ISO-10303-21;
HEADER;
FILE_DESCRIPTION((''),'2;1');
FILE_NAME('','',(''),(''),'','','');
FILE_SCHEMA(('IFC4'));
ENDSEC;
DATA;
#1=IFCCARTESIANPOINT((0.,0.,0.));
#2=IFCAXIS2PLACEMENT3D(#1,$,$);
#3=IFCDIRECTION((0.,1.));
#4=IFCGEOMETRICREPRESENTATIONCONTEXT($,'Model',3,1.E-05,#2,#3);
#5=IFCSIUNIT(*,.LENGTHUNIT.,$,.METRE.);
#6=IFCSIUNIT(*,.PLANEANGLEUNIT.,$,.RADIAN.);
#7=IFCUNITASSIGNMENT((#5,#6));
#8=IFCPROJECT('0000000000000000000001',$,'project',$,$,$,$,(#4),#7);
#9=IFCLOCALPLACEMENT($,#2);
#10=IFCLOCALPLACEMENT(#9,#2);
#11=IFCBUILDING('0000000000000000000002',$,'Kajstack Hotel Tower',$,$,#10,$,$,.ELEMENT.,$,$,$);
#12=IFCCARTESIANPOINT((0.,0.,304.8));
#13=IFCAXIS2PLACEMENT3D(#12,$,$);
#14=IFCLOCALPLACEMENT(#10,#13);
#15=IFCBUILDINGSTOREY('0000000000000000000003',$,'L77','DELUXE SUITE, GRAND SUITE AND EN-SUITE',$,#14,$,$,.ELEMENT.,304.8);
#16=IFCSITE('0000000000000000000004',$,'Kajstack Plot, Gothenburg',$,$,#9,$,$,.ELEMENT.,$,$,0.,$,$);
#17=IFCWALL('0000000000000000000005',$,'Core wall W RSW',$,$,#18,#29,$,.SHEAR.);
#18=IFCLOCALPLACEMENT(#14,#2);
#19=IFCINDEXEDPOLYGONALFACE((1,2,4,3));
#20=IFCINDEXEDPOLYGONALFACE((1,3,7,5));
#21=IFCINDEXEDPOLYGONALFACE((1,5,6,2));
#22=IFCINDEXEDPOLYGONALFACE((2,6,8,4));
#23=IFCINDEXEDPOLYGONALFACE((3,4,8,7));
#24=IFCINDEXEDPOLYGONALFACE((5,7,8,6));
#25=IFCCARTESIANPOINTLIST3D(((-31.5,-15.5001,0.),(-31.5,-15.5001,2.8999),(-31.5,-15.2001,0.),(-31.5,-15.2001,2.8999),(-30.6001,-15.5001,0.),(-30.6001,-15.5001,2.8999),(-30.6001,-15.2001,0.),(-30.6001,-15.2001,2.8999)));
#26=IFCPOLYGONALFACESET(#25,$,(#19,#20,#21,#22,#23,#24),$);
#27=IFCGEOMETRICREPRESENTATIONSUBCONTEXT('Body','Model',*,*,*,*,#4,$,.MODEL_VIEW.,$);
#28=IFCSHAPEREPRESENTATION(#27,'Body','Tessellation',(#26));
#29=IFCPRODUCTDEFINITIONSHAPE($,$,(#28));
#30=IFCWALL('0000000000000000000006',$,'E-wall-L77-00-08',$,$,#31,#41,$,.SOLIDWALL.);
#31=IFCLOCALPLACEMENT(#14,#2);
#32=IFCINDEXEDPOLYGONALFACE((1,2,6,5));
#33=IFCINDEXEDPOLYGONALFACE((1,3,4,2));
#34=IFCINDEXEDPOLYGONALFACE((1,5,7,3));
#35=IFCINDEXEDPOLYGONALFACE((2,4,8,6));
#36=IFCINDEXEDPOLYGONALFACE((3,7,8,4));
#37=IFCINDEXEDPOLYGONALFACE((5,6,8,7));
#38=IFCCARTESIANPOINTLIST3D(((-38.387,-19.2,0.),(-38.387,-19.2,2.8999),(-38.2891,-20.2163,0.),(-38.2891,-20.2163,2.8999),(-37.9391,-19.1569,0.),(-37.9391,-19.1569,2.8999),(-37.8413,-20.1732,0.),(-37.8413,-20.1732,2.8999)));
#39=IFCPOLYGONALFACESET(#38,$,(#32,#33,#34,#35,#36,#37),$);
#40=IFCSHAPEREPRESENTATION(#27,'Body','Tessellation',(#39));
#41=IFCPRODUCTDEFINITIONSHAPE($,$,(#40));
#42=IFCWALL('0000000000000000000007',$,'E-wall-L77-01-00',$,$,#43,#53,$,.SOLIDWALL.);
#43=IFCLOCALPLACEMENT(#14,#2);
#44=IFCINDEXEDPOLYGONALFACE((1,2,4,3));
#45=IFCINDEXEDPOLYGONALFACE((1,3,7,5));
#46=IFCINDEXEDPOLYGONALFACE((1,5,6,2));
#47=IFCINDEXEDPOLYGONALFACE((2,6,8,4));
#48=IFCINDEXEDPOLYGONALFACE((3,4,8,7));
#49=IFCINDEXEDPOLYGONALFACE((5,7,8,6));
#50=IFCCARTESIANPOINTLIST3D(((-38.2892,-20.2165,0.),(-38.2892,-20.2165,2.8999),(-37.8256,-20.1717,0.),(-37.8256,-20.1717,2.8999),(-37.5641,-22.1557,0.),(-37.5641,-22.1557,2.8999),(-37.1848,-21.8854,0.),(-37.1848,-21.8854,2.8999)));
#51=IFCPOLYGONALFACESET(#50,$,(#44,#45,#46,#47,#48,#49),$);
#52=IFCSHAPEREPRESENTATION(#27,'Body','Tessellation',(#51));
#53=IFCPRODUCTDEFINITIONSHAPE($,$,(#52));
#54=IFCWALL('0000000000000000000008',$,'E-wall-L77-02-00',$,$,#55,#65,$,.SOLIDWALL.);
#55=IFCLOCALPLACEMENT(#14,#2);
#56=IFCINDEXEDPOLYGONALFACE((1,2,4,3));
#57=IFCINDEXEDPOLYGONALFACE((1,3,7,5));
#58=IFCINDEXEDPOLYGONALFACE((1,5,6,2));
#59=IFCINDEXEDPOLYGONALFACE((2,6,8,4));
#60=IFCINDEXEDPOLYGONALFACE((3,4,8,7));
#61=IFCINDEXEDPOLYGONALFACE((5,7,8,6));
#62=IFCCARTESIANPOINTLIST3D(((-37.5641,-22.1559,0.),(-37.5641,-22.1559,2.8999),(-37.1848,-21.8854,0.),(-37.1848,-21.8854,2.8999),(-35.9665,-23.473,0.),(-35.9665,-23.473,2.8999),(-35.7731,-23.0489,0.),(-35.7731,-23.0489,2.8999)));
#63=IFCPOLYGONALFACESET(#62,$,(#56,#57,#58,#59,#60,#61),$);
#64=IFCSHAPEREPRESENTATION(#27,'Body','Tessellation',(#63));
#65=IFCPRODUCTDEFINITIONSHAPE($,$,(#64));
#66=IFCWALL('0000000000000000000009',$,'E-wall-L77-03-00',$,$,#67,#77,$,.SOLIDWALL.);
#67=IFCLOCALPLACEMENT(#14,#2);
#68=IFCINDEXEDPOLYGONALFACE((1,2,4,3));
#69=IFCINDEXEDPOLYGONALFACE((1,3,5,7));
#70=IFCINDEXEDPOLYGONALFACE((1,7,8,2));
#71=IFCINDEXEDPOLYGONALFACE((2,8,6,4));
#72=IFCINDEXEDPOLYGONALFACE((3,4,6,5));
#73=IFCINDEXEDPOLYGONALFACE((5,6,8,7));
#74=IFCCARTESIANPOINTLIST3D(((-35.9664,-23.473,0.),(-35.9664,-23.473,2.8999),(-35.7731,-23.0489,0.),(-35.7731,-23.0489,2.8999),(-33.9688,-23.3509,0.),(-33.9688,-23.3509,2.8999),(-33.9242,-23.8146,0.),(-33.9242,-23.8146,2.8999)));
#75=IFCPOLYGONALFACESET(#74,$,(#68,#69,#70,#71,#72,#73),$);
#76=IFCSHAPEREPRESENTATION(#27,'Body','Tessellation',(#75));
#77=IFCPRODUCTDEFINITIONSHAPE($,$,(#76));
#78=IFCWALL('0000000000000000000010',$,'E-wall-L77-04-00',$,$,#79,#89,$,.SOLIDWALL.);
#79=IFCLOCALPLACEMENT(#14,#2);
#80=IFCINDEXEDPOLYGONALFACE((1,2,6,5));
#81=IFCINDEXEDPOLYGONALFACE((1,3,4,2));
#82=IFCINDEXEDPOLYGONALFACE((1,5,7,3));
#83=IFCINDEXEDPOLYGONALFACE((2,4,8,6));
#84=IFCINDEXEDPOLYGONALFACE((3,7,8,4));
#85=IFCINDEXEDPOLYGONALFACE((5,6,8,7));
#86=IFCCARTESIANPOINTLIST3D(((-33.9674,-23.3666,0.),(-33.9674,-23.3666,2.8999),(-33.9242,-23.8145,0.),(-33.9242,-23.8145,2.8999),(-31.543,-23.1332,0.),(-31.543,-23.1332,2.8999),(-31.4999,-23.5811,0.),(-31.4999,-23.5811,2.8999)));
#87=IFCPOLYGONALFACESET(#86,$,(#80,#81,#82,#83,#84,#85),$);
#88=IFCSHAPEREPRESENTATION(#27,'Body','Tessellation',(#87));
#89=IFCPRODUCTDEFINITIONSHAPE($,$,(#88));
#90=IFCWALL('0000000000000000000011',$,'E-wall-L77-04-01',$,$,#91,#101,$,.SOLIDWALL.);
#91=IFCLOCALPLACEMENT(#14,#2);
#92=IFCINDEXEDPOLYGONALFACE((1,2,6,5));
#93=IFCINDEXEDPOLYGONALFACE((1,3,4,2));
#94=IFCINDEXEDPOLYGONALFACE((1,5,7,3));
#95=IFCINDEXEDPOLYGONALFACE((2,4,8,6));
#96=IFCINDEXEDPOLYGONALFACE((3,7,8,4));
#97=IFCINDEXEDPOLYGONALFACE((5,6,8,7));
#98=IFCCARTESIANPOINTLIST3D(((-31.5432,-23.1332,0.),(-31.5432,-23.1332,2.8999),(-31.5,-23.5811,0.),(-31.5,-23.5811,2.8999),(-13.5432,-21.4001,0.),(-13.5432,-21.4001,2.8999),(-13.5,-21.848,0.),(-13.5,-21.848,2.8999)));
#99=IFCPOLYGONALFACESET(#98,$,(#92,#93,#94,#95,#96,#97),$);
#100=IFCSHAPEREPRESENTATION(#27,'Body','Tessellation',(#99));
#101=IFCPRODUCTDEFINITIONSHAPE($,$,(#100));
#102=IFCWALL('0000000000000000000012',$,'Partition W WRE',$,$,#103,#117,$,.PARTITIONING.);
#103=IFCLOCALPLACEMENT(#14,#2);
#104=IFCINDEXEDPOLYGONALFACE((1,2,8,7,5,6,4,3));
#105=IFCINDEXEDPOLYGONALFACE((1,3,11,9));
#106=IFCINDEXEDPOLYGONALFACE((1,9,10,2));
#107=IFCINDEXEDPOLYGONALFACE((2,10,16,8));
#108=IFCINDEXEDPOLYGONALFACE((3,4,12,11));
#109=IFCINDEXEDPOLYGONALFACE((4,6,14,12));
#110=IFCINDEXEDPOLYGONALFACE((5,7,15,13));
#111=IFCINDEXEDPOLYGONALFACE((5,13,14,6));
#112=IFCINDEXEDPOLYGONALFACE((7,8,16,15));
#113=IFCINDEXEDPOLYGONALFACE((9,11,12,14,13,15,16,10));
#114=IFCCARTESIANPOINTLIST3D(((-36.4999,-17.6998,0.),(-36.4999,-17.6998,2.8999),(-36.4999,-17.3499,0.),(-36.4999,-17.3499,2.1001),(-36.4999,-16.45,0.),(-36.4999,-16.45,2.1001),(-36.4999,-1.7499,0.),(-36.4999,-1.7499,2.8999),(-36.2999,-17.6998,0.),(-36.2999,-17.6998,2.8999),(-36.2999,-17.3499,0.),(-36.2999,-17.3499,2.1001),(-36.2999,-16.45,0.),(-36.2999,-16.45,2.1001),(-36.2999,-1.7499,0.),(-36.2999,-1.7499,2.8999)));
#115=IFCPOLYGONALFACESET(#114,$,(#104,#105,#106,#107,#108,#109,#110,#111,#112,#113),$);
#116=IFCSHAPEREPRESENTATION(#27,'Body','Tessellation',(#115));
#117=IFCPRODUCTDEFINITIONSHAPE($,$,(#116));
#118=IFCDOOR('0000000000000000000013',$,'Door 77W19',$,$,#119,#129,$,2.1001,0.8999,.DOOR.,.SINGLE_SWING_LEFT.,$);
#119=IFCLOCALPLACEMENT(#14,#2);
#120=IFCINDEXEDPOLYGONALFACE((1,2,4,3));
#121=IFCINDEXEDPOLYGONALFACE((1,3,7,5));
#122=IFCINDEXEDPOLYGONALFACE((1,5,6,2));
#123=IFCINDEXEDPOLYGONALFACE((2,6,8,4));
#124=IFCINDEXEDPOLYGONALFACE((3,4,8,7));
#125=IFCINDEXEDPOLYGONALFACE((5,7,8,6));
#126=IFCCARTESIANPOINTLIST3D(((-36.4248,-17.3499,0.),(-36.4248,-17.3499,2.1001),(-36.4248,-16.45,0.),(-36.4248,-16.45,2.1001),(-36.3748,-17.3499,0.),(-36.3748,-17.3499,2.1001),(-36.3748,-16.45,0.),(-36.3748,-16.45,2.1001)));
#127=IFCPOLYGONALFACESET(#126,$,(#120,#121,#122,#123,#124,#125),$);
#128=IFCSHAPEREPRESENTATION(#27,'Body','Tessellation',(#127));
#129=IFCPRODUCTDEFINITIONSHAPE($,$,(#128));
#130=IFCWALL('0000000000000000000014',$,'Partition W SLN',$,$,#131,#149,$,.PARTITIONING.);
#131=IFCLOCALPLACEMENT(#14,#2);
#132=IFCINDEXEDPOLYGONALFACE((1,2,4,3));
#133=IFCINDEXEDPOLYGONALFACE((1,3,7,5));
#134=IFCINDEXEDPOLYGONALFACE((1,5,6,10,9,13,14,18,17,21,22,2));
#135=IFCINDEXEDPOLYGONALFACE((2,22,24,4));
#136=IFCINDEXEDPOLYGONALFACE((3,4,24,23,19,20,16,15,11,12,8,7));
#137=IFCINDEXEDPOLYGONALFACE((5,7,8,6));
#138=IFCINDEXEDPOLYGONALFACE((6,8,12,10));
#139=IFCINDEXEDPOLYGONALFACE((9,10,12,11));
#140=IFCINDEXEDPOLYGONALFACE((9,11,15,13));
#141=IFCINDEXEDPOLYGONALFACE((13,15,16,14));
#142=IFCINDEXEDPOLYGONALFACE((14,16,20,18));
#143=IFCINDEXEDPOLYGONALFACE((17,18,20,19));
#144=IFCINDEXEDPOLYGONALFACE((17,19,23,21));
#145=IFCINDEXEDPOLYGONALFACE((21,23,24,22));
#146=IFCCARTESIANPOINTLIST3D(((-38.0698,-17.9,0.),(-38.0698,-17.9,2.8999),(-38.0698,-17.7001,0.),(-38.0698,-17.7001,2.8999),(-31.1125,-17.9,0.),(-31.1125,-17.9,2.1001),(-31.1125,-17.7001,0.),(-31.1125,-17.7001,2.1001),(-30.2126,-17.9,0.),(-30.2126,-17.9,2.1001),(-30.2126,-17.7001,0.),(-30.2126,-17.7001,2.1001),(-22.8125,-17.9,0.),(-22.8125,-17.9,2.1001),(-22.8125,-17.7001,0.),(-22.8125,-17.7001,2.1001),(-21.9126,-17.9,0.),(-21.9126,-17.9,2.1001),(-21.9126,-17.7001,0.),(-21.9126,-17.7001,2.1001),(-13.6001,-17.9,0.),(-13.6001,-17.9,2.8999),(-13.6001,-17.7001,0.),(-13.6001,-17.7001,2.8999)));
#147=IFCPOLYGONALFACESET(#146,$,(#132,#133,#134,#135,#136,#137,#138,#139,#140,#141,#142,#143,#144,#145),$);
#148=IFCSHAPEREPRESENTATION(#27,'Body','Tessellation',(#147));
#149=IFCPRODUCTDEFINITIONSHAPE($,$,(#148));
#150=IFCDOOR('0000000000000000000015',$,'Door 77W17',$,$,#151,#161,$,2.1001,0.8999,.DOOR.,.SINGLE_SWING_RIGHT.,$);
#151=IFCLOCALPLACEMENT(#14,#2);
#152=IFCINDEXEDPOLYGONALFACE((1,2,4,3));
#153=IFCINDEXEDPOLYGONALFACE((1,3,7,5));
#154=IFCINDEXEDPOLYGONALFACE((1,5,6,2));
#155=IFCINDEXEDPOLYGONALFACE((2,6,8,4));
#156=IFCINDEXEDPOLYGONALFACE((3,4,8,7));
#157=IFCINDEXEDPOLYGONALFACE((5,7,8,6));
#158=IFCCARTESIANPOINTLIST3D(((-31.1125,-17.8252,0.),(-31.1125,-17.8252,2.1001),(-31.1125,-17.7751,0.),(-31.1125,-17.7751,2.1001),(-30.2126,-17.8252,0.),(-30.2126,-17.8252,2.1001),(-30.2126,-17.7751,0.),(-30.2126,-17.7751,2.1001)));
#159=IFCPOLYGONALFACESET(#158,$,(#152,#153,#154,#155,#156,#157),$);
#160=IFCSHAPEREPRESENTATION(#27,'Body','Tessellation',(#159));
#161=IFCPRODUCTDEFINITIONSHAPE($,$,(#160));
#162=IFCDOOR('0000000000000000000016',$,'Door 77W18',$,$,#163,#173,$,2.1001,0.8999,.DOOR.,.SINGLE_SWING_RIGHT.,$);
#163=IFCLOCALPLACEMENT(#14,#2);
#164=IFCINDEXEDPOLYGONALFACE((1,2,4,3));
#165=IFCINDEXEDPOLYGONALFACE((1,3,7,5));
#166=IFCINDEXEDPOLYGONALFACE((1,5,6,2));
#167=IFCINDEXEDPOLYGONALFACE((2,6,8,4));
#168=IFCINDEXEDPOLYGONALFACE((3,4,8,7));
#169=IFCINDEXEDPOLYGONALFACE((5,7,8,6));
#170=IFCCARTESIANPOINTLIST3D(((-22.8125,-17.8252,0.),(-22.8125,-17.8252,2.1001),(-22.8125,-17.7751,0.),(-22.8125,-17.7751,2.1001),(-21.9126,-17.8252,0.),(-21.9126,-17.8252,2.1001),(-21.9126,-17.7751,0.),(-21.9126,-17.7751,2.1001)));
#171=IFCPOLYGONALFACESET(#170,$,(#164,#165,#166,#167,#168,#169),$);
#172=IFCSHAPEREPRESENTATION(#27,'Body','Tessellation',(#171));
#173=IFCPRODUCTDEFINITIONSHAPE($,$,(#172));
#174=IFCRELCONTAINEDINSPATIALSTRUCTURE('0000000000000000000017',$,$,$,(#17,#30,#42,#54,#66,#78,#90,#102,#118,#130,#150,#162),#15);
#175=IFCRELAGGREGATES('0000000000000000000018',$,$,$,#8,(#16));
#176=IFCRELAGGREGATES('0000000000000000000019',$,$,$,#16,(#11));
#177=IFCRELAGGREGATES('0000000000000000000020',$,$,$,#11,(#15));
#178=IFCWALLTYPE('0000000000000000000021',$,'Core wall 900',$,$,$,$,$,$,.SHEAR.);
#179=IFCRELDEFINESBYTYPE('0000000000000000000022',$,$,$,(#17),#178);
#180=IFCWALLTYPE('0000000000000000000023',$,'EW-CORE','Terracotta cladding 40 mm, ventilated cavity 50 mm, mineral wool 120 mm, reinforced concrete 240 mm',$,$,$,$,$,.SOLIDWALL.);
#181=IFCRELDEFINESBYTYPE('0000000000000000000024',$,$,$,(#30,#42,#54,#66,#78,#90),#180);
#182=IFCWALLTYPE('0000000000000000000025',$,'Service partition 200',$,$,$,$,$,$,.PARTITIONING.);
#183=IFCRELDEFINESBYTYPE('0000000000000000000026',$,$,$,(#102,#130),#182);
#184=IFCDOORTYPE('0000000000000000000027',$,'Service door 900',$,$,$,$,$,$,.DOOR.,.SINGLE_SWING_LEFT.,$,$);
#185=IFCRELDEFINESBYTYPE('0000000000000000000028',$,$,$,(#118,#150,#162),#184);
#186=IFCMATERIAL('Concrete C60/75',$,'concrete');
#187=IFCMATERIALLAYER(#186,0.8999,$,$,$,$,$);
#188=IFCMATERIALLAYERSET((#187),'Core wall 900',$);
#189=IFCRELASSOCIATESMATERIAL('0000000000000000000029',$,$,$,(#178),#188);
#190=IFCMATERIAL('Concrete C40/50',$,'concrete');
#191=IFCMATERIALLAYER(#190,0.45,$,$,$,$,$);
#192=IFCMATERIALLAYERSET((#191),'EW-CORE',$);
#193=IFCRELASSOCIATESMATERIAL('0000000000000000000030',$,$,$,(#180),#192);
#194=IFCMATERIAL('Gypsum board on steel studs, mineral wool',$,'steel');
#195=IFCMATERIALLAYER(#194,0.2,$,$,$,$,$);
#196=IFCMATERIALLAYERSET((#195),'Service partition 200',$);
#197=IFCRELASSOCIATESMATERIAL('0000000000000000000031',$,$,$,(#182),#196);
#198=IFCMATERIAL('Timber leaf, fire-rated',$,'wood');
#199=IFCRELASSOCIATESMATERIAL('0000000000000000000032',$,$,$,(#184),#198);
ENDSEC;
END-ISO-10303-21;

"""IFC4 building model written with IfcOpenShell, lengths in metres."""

from ifc_helpers import new_model, si_unit, direction, frame, frame_2d, origin, place, context, subcontext, project, spatial, polyline, rectangle, outline, extrude, material, layer, layer_set, type_object, element, fill, save


model = new_model("IFC4")

# Units and contexts
model_context = context("Model", 3, precision=1e-05, world=origin(), true_north=direction((0.0, 1.0)))
body_context = subcontext(model_context, "Body", "Model", "MODEL_VIEW")
ifc_project = project(units=[si_unit("LENGTHUNIT", "METRE"), si_unit("PLANEANGLEUNIT", "RADIAN")], contexts=[model_context])

# Site, building, storey
site_placement = place(None, origin())
site = spatial("IfcSite", under=ifc_project, at=site_placement, Name="Kajstack Plot, Gothenburg", CompositionType="ELEMENT", RefElevation=0.0)
building_placement = place(site_placement, origin())
building = spatial("IfcBuilding", under=site, at=building_placement, Name="Kajstack Hotel Tower", CompositionType="ELEMENT")
storey_placement = place(building_placement, frame((0.0, 0.0, 304.8)))
storey = spatial("IfcBuildingStorey", under=building, at=storey_placement, Name="L77", Description="DELUXE SUITE, GRAND SUITE AND EN-SUITE", CompositionType="ELEMENT", Elevation=304.8)

# Walls
ifc_material_1 = material(Name="Concrete C60/75", Category="concrete")
ifc_layer_1 = layer(ifc_material_1, 0.8999)
ifc_layer_set_1 = layer_set([ifc_layer_1], Name="Core wall 900")
wall_type_1 = type_object("IfcWallType", Name="Core wall 900", PredefinedType="SHEAR", material=ifc_layer_set_1)
wall_1_placement = place(storey_placement, frame((-31.5, -15.3501, 0.0), z_axis=(0.0, 0.0, 1.0), x_axis=(1.0, 0.0, 0.0)))
element("IfcWall", 1, at=wall_1_placement, inside=storey, type_object=wall_type_1, Name="Core wall W RSW", PredefinedType="SHEAR", context=body_context, shape_type="SweptSolid", body=[
    extrude(rectangle(XDim=0.8999, YDim=0.3, at=frame_2d((0.45, 0.0))), origin(), (0.0, 0.0, 1.0), 2.8999),
])
ifc_material_2 = material(Name="Concrete C40/50", Category="concrete")
ifc_layer_2 = layer(ifc_material_2, 0.45)
ifc_layer_set_2 = layer_set([ifc_layer_2], Name="EW-CORE")
wall_type_2 = type_object("IfcWallType", Name="EW-CORE", Description="Terracotta cladding 40 mm, ventilated cavity 50 mm, mineral wool 120 mm, reinforced concrete 240 mm", PredefinedType="SOLIDWALL", material=ifc_layer_set_2)
wall_2_placement = place(storey_placement, frame((-38.1631, -19.1785, 0.0), z_axis=(0.0, 0.0, 1.0), x_axis=(0.095881, -0.995393, 0.0)))
element("IfcWall", 2, at=wall_2_placement, inside=storey, type_object=wall_type_2, Name="E-wall-L77-00-08", PredefinedType="SOLIDWALL", context=body_context, shape_type="SweptSolid", body=[
    extrude(rectangle(XDim=1.021, YDim=0.45, at=frame_2d((0.5105, 0.0))), origin(), (0.0, 0.0, 1.0), 2.8999),
])
wall_3_placement = place(storey_placement, frame((-38.0784, -20.1377, 0.0), z_axis=(0.0, 0.0, 1.0), x_axis=(0.350232, -0.936663, 0.0)))
element("IfcWall", 3, at=wall_3_placement, inside=storey, type_object=wall_type_2, Name="E-wall-L77-01-00", PredefinedType="SOLIDWALL", context=body_context, shape_type="SweptSolid", body=[
    extrude(outline(polyline([(0.0, -0.2251), (2.0703, -0.2251), (1.95, 0.2249), (0.1204, 0.2249), (0.0, -0.2251)])), origin(), (0.0, 0.0, 1.0), 2.8999),
])
wall_4_placement = place(storey_placement, frame((-37.4209, -21.9822, 0.0), z_axis=(0.0, 0.0, 1.0), x_axis=(0.771593, -0.636116, 0.0)))
element("IfcWall", 4, at=wall_4_placement, inside=storey, type_object=wall_type_2, Name="E-wall-L77-02-00", PredefinedType="SOLIDWALL", context=body_context, shape_type="SweptSolid", body=[
    extrude(outline(polyline([(0.0, -0.2251), (2.0706, -0.2251), (1.95, 0.2251), (0.1206, 0.2249), (0.0, -0.2251)])), origin(), (0.0, 0.0, 1.0), 2.8999),
])
wall_5_placement = place(storey_placement, frame((-35.9292, -23.251, 0.0), z_axis=(0.0, 0.0, 1.0), x_axis=(0.986279, -0.165087, 0.0)))
element("IfcWall", 5, at=wall_5_placement, inside=storey, type_object=wall_type_2, Name="E-wall-L77-03-00", PredefinedType="SOLIDWALL", context=body_context, shape_type="SweptSolid", body=[
    extrude(outline(polyline([(0.0, -0.2251), (2.0706, -0.2249), (1.95, 0.2251), (0.1206, 0.2251), (0.0, -0.2251)])), origin(), (0.0, 0.0, 1.0), 2.8999),
])
wall_6_placement = place(storey_placement, frame((-33.9458, -23.5906, 0.0), z_axis=(0.0, 0.0, 1.0), x_axis=(0.995398, 0.095831, 0.0)))
element("IfcWall", 6, at=wall_6_placement, inside=storey, type_object=wall_type_2, Name="E-wall-L77-04-00", PredefinedType="SOLIDWALL", context=body_context, shape_type="SweptSolid", body=[
    extrude(rectangle(XDim=2.4355, YDim=0.45, at=frame_2d((1.2178, 0.0))), origin(), (0.0, 0.0, 1.0), 2.8999),
])
wall_7_placement = place(storey_placement, frame((-31.5215, -23.3572, 0.0), z_axis=(0.0, 0.0, 1.0), x_axis=(0.995396, 0.095843, 0.0)))
element("IfcWall", 7, at=wall_7_placement, inside=storey, type_object=wall_type_2, Name="E-wall-L77-04-01", PredefinedType="SOLIDWALL", context=body_context, shape_type="SweptSolid", body=[
    extrude(rectangle(XDim=18.0833, YDim=0.45, at=frame_2d((9.0415, 0.0))), origin(), (0.0, 0.0, 1.0), 2.8999),
])

# Wall, opening, door
ifc_material_3 = material(Name="Gypsum board on steel studs, mineral wool", Category="steel")
ifc_layer_3 = layer(ifc_material_3, 0.2)
ifc_layer_set_3 = layer_set([ifc_layer_3], Name="Service partition 200")
wall_type_3 = type_object("IfcWallType", Name="Service partition 200", PredefinedType="PARTITIONING", material=ifc_layer_set_3)
wall_8_placement = place(storey_placement, frame((-36.3999, -17.7, 0.0), z_axis=(0.0, 0.0, 1.0), x_axis=(0.0, 1.0, 0.0)))
wall_8 = element("IfcWall", 8, at=wall_8_placement, inside=storey, type_object=wall_type_3, Name="Partition W WRE", PredefinedType="PARTITIONING", context=body_context, shape_type="SweptSolid", body=[
    extrude(rectangle(XDim=15.95, YDim=0.2, at=frame_2d((7.9751, 0.0))), origin(), (0.0, 0.0, 1.0), 2.8999),
])
opening_1_placement = place(wall_8_placement, frame((0.3501, 0.0, 0.0)))
opening_1 = element("IfcOpeningElement", 9, at=opening_1_placement, cuts=wall_8, PredefinedType="OPENING", context=body_context, shape_type="SweptSolid", body=[
    extrude(rectangle(XDim=0.8999, YDim=2.1001, at=frame_2d((0.45, 1.05))), frame((0.0, 0.1099, 0.0), z_axis=(0.0, -1.0, 0.0), x_axis=(1.0, 0.0, 0.0)), (0.0, 0.0, 1.0), 0.22),
])
ifc_material_4 = material(Name="Timber leaf, fire-rated", Category="wood")
door_type_1 = type_object("IfcDoorType", Name="Service door 900", OperationType="SINGLE_SWING_LEFT", PredefinedType="DOOR", material=ifc_material_4)
door_1_placement = place(opening_1_placement, origin())
door_1 = element("IfcDoor", 10, at=door_1_placement, inside=storey, type_object=door_type_1, Name="Door 77W19", OperationType="SINGLE_SWING_LEFT", OverallHeight=2.1001, OverallWidth=0.8999, PredefinedType="DOOR", context=body_context, shape_type="SweptSolid", body=[
    extrude(rectangle(XDim=0.8999, YDim=2.1001, at=frame_2d((0.45, 1.05))), frame((0.0, 0.0249, 0.0), z_axis=(0.0, -1.0, 0.0), x_axis=(1.0, 0.0, 0.0)), (0.0, 0.0, 1.0), 0.05),
])
fill(opening_1, door_1)

# Wall, openings, doors
wall_9_placement = place(storey_placement, frame((-38.0698, -17.8, 0.0), z_axis=(0.0, 0.0, 1.0), x_axis=(1.0, 0.0, 0.0)))
wall_9 = element("IfcWall", 11, at=wall_9_placement, inside=storey, type_object=wall_type_3, Name="Partition W SLN", PredefinedType="PARTITIONING", context=body_context, shape_type="SweptSolid", body=[
    extrude(rectangle(XDim=24.4697, YDim=0.2, at=frame_2d((12.2349, 0.0))), origin(), (0.0, 0.0, 1.0), 2.8999),
])
opening_2_placement = place(wall_9_placement, frame((6.9573, 0.0, 0.0)))
opening_2 = element("IfcOpeningElement", 12, at=opening_2_placement, cuts=wall_9, PredefinedType="OPENING", context=body_context, shape_type="SweptSolid", body=[
    extrude(rectangle(XDim=0.8999, YDim=2.1001, at=frame_2d((0.45, 1.05))), frame((0.0, 0.1099, 0.0), z_axis=(0.0, -1.0, 0.0), x_axis=(1.0, 0.0, 0.0)), (0.0, 0.0, 1.0), 0.22),
])
opening_3_placement = place(wall_9_placement, frame((15.2573, 0.0, 0.0)))
opening_3 = element("IfcOpeningElement", 13, at=opening_3_placement, cuts=wall_9, PredefinedType="OPENING", context=body_context, shape_type="SweptSolid", body=[
    extrude(rectangle(XDim=0.8999, YDim=2.1001, at=frame_2d((0.45, 1.05))), frame((0.0, 0.1099, 0.0), z_axis=(0.0, -1.0, 0.0), x_axis=(1.0, 0.0, 0.0)), (0.0, 0.0, 1.0), 0.22),
])
door_2_placement = place(opening_2_placement, origin())
door_2 = element("IfcDoor", 14, at=door_2_placement, inside=storey, type_object=door_type_1, Name="Door 77W17", OperationType="SINGLE_SWING_RIGHT", OverallHeight=2.1001, OverallWidth=0.8999, PredefinedType="DOOR", context=body_context, shape_type="SweptSolid", body=[
    extrude(rectangle(XDim=0.8999, YDim=2.1001, at=frame_2d((0.45, 1.05))), frame((0.0, 0.0249, 0.0), z_axis=(0.0, -1.0, 0.0), x_axis=(1.0, 0.0, 0.0)), (0.0, 0.0, 1.0), 0.05),
])
fill(opening_2, door_2)
door_3_placement = place(opening_3_placement, origin())
door_3 = element("IfcDoor", 15, at=door_3_placement, inside=storey, type_object=door_type_1, Name="Door 77W18", OperationType="SINGLE_SWING_RIGHT", OverallHeight=2.1001, OverallWidth=0.8999, PredefinedType="DOOR", context=body_context, shape_type="SweptSolid", body=[
    extrude(rectangle(XDim=0.8999, YDim=2.1001, at=frame_2d((0.45, 1.05))), frame((0.0, 0.0249, 0.0), z_axis=(0.0, -1.0, 0.0), x_axis=(1.0, 0.0, 0.0)), (0.0, 0.0, 1.0), 0.05),
])
fill(opening_3, door_3)

save(model, "model.ifc")
